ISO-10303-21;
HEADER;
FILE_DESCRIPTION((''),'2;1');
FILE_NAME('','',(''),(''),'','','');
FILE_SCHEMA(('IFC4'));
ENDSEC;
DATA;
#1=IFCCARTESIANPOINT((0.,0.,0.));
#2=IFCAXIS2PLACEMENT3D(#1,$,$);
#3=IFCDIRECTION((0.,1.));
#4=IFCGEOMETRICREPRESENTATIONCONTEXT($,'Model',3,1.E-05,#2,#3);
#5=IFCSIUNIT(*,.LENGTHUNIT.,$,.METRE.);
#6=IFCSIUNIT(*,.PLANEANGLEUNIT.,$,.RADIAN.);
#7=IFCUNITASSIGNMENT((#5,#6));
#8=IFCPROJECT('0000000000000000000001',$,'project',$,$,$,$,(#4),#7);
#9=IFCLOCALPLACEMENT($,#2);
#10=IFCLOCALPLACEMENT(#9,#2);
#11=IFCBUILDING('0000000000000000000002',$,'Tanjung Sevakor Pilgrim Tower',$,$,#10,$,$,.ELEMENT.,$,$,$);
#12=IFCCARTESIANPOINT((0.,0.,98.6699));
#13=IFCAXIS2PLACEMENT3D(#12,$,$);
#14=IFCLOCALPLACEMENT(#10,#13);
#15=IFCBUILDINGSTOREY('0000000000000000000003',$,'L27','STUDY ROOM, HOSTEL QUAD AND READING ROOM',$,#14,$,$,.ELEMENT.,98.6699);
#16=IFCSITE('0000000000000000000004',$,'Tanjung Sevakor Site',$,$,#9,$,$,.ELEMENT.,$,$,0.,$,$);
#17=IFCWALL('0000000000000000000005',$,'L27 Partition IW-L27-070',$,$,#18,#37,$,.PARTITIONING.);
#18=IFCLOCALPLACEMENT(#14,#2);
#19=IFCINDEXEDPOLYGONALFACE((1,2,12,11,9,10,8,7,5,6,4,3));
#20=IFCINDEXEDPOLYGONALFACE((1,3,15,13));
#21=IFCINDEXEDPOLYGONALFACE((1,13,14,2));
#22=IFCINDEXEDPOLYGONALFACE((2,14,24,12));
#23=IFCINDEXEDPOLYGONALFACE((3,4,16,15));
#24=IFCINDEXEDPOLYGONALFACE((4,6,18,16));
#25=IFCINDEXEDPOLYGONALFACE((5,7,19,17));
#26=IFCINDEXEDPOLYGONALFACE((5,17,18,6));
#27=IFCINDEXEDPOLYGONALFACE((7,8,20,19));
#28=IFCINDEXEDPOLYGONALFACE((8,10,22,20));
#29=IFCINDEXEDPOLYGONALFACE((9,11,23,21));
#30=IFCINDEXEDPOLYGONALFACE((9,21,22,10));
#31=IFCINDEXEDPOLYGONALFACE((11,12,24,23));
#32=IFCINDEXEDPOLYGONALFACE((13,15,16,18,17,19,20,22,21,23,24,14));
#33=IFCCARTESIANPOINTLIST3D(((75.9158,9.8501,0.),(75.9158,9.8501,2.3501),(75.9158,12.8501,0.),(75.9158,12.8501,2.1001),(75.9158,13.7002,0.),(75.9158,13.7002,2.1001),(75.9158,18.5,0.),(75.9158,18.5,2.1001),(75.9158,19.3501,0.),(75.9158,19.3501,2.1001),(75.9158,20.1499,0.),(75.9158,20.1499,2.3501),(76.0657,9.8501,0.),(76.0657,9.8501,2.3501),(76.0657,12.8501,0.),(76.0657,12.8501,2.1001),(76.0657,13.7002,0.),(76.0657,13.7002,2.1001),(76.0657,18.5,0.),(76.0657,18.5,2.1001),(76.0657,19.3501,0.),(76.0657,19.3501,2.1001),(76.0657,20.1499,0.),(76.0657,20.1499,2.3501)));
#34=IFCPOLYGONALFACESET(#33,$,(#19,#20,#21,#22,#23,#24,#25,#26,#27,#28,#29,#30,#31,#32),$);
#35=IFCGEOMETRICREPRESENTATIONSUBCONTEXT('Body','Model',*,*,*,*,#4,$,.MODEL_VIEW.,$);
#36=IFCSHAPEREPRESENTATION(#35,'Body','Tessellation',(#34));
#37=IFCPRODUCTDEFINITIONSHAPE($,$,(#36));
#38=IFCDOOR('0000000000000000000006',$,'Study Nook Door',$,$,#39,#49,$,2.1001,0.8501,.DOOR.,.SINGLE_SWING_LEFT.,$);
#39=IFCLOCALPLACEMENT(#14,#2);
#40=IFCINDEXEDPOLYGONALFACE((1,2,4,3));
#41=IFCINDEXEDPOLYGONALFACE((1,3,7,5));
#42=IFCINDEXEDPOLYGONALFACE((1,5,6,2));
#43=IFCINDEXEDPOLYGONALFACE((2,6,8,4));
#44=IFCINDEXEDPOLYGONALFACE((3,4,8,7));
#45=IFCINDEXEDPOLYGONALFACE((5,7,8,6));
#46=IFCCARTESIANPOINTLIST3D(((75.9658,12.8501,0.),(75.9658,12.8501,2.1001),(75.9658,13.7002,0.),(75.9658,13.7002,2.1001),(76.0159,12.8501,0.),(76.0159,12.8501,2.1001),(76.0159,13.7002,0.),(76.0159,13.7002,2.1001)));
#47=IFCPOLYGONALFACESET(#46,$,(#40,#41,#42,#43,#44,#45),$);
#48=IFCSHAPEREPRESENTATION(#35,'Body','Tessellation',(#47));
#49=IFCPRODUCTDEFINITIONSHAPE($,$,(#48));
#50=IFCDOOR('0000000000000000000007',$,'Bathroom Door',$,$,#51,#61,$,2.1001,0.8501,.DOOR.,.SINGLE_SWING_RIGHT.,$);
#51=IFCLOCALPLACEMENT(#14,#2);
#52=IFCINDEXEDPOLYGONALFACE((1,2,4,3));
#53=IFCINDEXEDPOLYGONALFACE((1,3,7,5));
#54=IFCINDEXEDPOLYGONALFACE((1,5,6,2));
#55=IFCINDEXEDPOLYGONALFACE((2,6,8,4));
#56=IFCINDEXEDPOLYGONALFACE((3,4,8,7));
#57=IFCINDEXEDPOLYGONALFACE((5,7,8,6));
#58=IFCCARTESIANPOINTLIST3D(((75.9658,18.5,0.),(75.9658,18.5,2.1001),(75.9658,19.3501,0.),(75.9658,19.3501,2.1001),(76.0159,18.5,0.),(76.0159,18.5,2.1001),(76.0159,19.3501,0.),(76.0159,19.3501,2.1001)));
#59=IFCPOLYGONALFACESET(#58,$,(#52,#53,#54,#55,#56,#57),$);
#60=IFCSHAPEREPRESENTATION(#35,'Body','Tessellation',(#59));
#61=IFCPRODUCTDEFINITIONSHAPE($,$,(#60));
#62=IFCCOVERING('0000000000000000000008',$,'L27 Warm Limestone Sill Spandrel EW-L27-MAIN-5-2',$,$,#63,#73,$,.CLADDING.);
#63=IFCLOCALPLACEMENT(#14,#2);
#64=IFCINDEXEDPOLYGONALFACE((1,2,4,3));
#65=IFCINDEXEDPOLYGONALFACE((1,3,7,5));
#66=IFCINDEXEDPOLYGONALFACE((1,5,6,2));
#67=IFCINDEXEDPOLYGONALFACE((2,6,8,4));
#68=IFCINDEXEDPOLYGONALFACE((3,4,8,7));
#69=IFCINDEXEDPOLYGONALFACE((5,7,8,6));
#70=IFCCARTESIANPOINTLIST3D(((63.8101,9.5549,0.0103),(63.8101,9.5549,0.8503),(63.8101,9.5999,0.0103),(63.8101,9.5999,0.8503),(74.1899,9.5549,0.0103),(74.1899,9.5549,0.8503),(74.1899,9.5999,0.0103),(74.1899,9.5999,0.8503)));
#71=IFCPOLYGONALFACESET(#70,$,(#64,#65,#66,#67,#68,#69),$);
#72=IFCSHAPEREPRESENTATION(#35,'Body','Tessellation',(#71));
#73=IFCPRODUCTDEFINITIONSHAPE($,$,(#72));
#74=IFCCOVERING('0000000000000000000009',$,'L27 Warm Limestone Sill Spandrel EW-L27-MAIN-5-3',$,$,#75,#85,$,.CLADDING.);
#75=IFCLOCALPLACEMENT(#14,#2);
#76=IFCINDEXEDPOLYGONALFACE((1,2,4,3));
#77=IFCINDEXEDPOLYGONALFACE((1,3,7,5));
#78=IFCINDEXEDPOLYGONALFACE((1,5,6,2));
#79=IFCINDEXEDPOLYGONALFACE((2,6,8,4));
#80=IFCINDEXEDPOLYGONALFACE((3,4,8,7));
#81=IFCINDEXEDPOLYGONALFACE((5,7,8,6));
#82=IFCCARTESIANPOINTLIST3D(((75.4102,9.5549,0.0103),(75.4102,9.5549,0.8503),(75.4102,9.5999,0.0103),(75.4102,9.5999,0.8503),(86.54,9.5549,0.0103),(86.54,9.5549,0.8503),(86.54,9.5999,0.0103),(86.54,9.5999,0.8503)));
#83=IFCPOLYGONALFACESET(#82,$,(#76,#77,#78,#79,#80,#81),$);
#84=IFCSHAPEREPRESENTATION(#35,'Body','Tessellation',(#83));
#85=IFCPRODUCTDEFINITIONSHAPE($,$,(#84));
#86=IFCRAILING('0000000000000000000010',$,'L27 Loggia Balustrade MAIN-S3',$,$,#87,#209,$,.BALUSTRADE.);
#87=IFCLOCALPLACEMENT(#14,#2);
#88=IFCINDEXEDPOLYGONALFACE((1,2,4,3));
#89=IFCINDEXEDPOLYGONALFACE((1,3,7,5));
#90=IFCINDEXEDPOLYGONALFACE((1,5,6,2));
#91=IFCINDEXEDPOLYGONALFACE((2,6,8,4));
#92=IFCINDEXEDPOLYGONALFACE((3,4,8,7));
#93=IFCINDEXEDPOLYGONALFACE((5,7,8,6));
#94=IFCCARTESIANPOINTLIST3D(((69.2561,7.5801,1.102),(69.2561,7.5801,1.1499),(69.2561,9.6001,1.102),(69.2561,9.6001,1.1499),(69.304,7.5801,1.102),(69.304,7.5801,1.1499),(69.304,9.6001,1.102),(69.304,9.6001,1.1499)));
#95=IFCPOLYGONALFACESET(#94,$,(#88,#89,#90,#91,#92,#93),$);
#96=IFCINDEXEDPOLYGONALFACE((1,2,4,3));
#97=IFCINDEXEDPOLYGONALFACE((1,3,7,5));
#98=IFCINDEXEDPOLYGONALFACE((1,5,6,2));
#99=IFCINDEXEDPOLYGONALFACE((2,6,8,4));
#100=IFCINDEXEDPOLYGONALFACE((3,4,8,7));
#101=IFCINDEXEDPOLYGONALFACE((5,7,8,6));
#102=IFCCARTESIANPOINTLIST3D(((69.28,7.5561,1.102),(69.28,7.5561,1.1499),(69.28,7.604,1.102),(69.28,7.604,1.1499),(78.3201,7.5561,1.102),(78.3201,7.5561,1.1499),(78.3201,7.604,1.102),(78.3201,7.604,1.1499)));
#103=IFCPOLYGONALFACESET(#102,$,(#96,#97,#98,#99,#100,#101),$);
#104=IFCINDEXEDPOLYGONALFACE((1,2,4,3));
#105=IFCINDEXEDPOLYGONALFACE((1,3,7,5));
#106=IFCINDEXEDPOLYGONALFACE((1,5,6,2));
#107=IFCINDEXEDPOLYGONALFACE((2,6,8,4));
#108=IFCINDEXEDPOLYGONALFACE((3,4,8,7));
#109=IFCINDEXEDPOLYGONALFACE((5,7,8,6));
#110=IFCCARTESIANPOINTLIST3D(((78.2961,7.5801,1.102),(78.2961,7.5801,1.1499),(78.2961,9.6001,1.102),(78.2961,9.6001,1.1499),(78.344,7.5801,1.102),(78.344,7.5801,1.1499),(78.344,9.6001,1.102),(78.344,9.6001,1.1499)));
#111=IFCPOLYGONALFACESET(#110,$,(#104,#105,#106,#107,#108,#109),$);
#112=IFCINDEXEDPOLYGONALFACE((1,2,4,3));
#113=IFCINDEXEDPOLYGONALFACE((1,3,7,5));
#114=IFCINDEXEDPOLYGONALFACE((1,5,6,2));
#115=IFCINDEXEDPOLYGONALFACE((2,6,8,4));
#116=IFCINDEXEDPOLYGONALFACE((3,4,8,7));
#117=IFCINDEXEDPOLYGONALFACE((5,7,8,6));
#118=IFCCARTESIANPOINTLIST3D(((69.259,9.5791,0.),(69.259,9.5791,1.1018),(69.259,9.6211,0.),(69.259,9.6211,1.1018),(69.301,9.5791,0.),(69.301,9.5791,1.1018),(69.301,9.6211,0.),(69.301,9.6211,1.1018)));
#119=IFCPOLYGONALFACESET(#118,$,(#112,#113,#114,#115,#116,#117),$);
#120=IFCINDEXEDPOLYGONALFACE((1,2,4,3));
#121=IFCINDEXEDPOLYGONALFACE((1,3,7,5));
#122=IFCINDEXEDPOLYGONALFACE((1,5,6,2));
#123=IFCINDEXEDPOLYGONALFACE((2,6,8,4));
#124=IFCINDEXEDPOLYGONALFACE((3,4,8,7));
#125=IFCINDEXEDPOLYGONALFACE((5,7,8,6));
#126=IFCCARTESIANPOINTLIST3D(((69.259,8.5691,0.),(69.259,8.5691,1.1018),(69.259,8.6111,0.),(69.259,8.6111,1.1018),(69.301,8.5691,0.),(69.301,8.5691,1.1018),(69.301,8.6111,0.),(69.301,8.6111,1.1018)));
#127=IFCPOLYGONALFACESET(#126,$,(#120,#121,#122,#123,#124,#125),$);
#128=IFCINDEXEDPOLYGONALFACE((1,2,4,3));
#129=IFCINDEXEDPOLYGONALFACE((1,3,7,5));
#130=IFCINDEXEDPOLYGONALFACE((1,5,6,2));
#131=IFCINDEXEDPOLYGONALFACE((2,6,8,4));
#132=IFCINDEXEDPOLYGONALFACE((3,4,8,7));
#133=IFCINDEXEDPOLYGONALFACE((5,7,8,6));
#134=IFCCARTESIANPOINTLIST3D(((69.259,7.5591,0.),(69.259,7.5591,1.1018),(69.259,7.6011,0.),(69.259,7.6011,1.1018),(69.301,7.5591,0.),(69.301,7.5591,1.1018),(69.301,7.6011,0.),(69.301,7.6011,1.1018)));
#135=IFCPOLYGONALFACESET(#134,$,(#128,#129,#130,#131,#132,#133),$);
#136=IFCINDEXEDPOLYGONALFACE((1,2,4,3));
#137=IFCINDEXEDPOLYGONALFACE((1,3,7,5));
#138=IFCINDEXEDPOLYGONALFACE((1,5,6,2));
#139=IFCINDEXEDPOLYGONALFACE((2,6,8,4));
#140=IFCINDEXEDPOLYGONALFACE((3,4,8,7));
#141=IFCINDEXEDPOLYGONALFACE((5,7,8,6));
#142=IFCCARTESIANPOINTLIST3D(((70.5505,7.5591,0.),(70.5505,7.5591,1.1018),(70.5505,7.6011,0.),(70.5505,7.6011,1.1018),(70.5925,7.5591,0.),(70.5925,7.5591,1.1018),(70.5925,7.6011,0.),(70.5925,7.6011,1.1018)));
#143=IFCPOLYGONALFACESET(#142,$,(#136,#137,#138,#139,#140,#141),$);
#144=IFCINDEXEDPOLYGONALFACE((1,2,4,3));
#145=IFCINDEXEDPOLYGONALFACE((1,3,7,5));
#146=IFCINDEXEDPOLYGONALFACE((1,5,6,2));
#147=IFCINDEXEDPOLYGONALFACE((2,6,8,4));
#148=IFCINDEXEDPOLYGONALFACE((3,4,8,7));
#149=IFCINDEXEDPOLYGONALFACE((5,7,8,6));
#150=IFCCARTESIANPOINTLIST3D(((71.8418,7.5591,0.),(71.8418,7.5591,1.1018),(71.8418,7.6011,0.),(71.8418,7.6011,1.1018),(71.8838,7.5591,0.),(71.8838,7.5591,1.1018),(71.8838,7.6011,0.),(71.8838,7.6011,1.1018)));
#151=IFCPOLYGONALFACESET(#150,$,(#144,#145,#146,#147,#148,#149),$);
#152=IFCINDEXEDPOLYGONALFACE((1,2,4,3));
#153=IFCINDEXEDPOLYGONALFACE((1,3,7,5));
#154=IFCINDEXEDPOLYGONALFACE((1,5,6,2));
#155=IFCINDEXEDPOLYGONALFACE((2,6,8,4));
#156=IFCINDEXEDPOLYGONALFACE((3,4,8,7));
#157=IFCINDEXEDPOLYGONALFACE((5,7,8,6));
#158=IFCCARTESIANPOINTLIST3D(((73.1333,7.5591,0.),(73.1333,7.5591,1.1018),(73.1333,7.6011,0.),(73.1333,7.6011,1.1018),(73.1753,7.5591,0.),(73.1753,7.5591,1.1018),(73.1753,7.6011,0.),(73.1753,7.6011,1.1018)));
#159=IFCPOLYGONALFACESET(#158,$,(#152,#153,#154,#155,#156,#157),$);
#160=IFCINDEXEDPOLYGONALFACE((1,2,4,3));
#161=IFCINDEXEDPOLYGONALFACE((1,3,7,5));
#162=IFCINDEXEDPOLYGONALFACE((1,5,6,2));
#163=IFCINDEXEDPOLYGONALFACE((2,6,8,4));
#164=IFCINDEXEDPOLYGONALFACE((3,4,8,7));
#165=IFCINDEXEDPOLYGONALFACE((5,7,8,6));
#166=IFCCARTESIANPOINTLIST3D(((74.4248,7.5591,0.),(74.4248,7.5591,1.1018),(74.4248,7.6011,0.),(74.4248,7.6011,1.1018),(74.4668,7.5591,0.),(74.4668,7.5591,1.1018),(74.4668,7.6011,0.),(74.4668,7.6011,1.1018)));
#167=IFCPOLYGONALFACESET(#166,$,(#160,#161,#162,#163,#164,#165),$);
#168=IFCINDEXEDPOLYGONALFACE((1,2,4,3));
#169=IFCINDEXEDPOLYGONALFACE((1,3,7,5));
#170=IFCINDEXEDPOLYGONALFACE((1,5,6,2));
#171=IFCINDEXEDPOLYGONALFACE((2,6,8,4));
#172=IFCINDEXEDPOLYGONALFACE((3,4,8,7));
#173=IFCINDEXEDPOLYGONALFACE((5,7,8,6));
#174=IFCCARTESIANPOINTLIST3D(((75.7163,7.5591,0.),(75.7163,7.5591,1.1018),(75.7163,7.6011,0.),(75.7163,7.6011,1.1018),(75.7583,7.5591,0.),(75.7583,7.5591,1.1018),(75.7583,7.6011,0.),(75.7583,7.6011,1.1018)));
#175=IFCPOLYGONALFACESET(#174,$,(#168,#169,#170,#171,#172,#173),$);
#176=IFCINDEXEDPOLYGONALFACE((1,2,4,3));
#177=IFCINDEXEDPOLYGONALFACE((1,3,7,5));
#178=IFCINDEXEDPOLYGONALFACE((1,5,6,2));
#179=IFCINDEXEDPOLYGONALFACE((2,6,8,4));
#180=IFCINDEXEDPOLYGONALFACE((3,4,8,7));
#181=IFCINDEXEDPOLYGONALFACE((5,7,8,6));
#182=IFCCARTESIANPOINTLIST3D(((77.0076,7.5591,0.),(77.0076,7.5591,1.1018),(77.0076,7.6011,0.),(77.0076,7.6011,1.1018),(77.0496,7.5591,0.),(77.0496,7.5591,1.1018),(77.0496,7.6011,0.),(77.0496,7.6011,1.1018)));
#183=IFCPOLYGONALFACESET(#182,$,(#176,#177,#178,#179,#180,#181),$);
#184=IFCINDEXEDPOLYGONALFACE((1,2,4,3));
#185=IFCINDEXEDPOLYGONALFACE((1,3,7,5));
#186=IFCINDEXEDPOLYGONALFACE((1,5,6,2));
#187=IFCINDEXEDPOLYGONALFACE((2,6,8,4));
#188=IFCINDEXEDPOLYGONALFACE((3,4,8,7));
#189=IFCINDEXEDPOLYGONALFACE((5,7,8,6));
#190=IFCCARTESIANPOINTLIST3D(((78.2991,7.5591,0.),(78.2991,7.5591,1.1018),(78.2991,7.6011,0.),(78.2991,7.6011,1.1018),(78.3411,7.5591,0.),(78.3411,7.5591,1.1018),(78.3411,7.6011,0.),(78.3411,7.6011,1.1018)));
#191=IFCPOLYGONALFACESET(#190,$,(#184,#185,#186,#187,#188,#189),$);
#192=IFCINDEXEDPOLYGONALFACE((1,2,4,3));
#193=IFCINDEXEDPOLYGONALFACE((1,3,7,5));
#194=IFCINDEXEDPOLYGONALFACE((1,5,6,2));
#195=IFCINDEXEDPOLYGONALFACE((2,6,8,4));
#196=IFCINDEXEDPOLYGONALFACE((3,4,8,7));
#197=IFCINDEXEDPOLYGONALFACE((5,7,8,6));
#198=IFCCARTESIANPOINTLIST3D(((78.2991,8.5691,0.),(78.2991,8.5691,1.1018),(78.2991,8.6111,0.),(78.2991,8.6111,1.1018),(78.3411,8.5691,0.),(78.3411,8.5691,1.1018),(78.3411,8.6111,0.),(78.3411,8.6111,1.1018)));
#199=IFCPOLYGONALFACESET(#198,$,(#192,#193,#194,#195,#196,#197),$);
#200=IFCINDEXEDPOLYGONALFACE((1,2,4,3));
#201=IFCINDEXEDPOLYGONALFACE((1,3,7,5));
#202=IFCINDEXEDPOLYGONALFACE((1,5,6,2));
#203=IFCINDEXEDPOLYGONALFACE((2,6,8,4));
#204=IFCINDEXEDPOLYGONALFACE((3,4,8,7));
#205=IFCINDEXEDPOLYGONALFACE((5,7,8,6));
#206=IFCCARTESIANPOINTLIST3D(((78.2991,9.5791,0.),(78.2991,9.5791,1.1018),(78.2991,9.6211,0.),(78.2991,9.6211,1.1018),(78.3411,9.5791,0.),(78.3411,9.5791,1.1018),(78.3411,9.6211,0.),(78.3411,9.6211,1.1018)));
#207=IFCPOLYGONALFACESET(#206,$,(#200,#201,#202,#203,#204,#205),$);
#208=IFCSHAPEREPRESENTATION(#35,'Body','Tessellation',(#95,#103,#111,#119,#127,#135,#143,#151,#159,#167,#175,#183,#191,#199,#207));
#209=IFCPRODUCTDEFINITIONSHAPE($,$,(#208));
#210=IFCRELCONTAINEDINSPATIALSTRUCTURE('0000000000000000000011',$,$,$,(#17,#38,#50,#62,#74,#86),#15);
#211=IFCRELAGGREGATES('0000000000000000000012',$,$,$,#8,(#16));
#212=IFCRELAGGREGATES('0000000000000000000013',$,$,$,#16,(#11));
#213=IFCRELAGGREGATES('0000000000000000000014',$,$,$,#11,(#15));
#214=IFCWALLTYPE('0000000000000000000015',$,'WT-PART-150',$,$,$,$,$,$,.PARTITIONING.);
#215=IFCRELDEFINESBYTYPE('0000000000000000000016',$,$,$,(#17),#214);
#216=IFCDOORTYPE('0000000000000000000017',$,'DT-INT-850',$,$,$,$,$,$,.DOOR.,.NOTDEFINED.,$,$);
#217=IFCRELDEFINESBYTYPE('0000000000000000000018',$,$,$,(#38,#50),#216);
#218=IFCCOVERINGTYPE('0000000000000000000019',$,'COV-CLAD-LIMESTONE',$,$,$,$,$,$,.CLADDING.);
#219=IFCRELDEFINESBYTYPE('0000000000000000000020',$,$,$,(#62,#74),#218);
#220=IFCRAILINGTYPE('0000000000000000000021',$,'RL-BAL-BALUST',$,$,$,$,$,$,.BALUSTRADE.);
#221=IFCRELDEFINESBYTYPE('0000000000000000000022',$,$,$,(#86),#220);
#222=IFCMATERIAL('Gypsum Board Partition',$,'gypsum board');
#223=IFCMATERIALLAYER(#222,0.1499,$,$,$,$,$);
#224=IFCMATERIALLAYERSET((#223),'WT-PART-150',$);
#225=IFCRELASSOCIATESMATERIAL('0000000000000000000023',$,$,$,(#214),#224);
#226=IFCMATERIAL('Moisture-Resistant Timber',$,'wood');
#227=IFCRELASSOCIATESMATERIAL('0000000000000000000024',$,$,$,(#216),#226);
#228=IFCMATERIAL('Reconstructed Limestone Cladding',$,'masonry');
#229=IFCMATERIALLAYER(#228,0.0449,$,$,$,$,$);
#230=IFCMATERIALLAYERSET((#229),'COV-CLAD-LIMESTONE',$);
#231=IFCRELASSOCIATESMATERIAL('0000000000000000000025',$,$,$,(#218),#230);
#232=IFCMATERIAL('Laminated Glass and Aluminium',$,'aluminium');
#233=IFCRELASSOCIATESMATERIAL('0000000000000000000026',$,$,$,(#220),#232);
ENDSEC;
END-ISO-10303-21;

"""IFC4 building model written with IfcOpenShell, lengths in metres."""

from ifc_helpers import new_model, si_unit, direction, frame, frame_2d, origin, origin_2d, place, context, subcontext, project, spatial, rectangle, extrude, material, layer, layer_set, type_object, element, fill, save


model = new_model("IFC4")

# Units and contexts
model_context = context("Model", 3, precision=1e-05, world=origin(), true_north=direction((0.0, 1.0)))
body_context = subcontext(model_context, "Body", "Model", "MODEL_VIEW")
ifc_project = project(units=[si_unit("LENGTHUNIT", "METRE"), si_unit("PLANEANGLEUNIT", "RADIAN")], contexts=[model_context])

# Site, building, storey
site_placement = place(None, origin())
site = spatial("IfcSite", under=ifc_project, at=site_placement, Name="Tanjung Sevakor Site", CompositionType="ELEMENT", RefElevation=0.0)
building_placement = place(site_placement, origin())
building = spatial("IfcBuilding", under=site, at=building_placement, Name="Tanjung Sevakor Pilgrim Tower", CompositionType="ELEMENT")
storey_placement = place(building_placement, frame((0.0, 0.0, 98.6699)))
storey = spatial("IfcBuildingStorey", under=building, at=storey_placement, Name="L27", Description="STUDY ROOM, HOSTEL QUAD AND READING ROOM", CompositionType="ELEMENT", Elevation=98.6699)

# Wall, openings, doors
ifc_material_1 = material(Name="Gypsum Board Partition", Category="gypsum board")
ifc_layer_1 = layer(ifc_material_1, 0.1499)
ifc_layer_set_1 = layer_set([ifc_layer_1], Name="WT-PART-150")
wall_type_1 = type_object("IfcWallType", Name="WT-PART-150", PredefinedType="PARTITIONING", material=ifc_layer_set_1)
ifc_material_2 = material(Name="Moisture-Resistant Timber", Category="wood")
door_type = type_object("IfcDoorType", Name="DT-INT-850", OperationType="NOTDEFINED", PredefinedType="DOOR", material=ifc_material_2)
wall_1_placement = place(storey_placement, frame((75.9907, 9.8501, 0.0), z_axis=(0.0, 0.0, 1.0), x_axis=(0.0, 1.0, 0.0)))
wall_1 = element("IfcWall", 1, at=wall_1_placement, inside=storey, type_object=wall_type_1, Name="L27 Partition IW-L27-070", PredefinedType="PARTITIONING", context=body_context, shape_type="SweptSolid", body=[
    extrude(rectangle(XDim=10.2998, YDim=0.1499, at=frame_2d((5.1499, 0.0))), origin(), (0.0, 0.0, 1.0), 2.3501),
])
opening_1_placement = place(wall_1_placement, frame((3.0, 0.0, 0.0)))
opening_1 = element("IfcOpeningElement", 2, at=opening_1_placement, cuts=wall_1, PredefinedType="OPENING", context=body_context, shape_type="SweptSolid", body=[
    extrude(rectangle(XDim=0.8501, YDim=2.1001, at=frame_2d((0.425, 1.05))), frame((0.0, 0.085, 0.0), z_axis=(0.0, -1.0, 0.0), x_axis=(1.0, 0.0, 0.0)), (0.0, 0.0, 1.0), 0.1699),
])
opening_2_placement = place(wall_1_placement, frame((8.6499, 0.0, 0.0)))
opening_2 = element("IfcOpeningElement", 3, at=opening_2_placement, cuts=wall_1, PredefinedType="OPENING", context=body_context, shape_type="SweptSolid", body=[
    extrude(rectangle(XDim=0.8501, YDim=2.1001, at=frame_2d((0.425, 1.05))), frame((0.0, 0.085, 0.0), z_axis=(0.0, -1.0, 0.0), x_axis=(1.0, 0.0, 0.0)), (0.0, 0.0, 1.0), 0.1699),
])
door_1_placement = place(opening_1_placement, origin())
door_1 = element("IfcDoor", 4, at=door_1_placement, inside=storey, type_object=door_type, Name="Study Nook Door", OperationType="SINGLE_SWING_LEFT", OverallHeight=2.1001, OverallWidth=0.8501, PredefinedType="DOOR", context=body_context, shape_type="SweptSolid", body=[
    extrude(rectangle(XDim=0.8501, YDim=2.1001, at=frame_2d((0.425, 1.05))), frame((0.0, 0.0249, 0.0), z_axis=(0.0, -1.0, 0.0), x_axis=(1.0, 0.0, 0.0)), (0.0, 0.0, 1.0), 0.05),
])
fill(opening_1, door_1)
door_2_placement = place(opening_2_placement, origin())
door_2 = element("IfcDoor", 5, at=door_2_placement, inside=storey, type_object=door_type, Name="Bathroom Door", OperationType="SINGLE_SWING_RIGHT", OverallHeight=2.1001, OverallWidth=0.8501, PredefinedType="DOOR", context=body_context, shape_type="SweptSolid", body=[
    extrude(rectangle(XDim=0.8501, YDim=2.1001, at=frame_2d((0.425, 1.05))), frame((0.0, 0.0249, 0.0), z_axis=(0.0, -1.0, 0.0), x_axis=(1.0, 0.0, 0.0)), (0.0, 0.0, 1.0), 0.05),
])
fill(opening_2, door_2)

# Coverings
ifc_material_3 = material(Name="Reconstructed Limestone Cladding", Category="masonry")
ifc_layer_2 = layer(ifc_material_3, 0.0449)
ifc_layer_set_2 = layer_set([ifc_layer_2], Name="COV-CLAD-LIMESTONE")
covering_type = type_object("IfcCoveringType", Name="COV-CLAD-LIMESTONE", PredefinedType="CLADDING", material=ifc_layer_set_2)
covering_1_placement = place(storey_placement, frame((69.0, 9.5774, 0.0103), z_axis=(0.0, 0.0, 1.0), x_axis=(1.0, 0.0, 0.0)))
element("IfcCovering", 6, at=covering_1_placement, inside=storey, type_object=covering_type, Name="L27 Warm Limestone Sill Spandrel EW-L27-MAIN-5-2", PredefinedType="CLADDING", context=body_context, shape_type="SweptSolid", body=[
    extrude(rectangle(XDim=10.3799, YDim=0.0449, at=origin_2d()), origin(), (0.0, 0.0, 1.0), 0.8401),
])
covering_2_placement = place(storey_placement, frame((80.9751, 9.5774, 0.0103), z_axis=(0.0, 0.0, 1.0), x_axis=(1.0, 0.0, 0.0)))
element("IfcCovering", 7, at=covering_2_placement, inside=storey, type_object=covering_type, Name="L27 Warm Limestone Sill Spandrel EW-L27-MAIN-5-3", PredefinedType="CLADDING", context=body_context, shape_type="SweptSolid", body=[
    extrude(rectangle(XDim=11.1299, YDim=0.0449, at=origin_2d()), origin(), (0.0, 0.0, 1.0), 0.8401),
])

# Railing
ifc_material_4 = material(Name="Laminated Glass and Aluminium", Category="aluminium")
railing_type = type_object("IfcRailingType", Name="RL-BAL-BALUST", PredefinedType="BALUSTRADE", material=ifc_material_4)
railing_1_placement = place(storey_placement, frame((69.28, 9.6001, 0.0)))
element("IfcRailing", 8, at=railing_1_placement, inside=storey, type_object=railing_type, Name="L27 Loggia Balustrade MAIN-S3", PredefinedType="BALUSTRADE", context=body_context, shape_type="SweptSolid", body=[
    extrude(rectangle(XDim=0.0479, YDim=0.0479), frame((0.0, 0.0, 1.126), z_axis=(0.0, -1.0, 0.0), x_axis=(1.0, 0.0, 0.0)), (0.0, 0.0, 1.0), 2.02),
    extrude(rectangle(XDim=0.0479, YDim=0.0479), frame((0.0, -2.02, 1.126), z_axis=(1.0, 0.0, 0.0), x_axis=(0.0, 1.0, 0.0)), (0.0, 0.0, 1.0), 9.04),
    extrude(rectangle(XDim=0.0479, YDim=0.0479), frame((9.04, -2.02, 1.126), z_axis=(0.0, 1.0, 0.0), x_axis=(-1.0, 0.0, 0.0)), (0.0, 0.0, 1.0), 2.02),
    extrude(rectangle(XDim=0.042, YDim=0.042), origin(), (0.0, 0.0, 1.0), 1.1018),
    extrude(rectangle(XDim=0.042, YDim=0.042), frame((0.0, -1.01, 0.0)), (0.0, 0.0, 1.0), 1.1018),
    extrude(rectangle(XDim=0.042, YDim=0.042), frame((0.0, -2.02, 0.0)), (0.0, 0.0, 1.0), 1.1018),
    extrude(rectangle(XDim=0.042, YDim=0.042), frame((1.2915, -2.02, 0.0)), (0.0, 0.0, 1.0), 1.1018),
    extrude(rectangle(XDim=0.042, YDim=0.042), frame((2.5828, -2.02, 0.0)), (0.0, 0.0, 1.0), 1.1018),
    extrude(rectangle(XDim=0.042, YDim=0.042), frame((3.8743, -2.02, 0.0)), (0.0, 0.0, 1.0), 1.1018),
    extrude(rectangle(XDim=0.042, YDim=0.042), frame((5.1658, -2.02, 0.0)), (0.0, 0.0, 1.0), 1.1018),
    extrude(rectangle(XDim=0.042, YDim=0.042), frame((6.4573, -2.02, 0.0)), (0.0, 0.0, 1.0), 1.1018),
    extrude(rectangle(XDim=0.042, YDim=0.042), frame((7.7485, -2.02, 0.0)), (0.0, 0.0, 1.0), 1.1018),
    extrude(rectangle(XDim=0.042, YDim=0.042), frame((9.04, -2.02, 0.0)), (0.0, 0.0, 1.0), 1.1018),
    extrude(rectangle(XDim=0.042, YDim=0.042), frame((9.04, -1.01, 0.0)), (0.0, 0.0, 1.0), 1.1018),
    extrude(rectangle(XDim=0.042, YDim=0.042), frame((9.04, 0.0, 0.0)), (0.0, 0.0, 1.0), 1.1018),
])

save(model, "model.ifc")
